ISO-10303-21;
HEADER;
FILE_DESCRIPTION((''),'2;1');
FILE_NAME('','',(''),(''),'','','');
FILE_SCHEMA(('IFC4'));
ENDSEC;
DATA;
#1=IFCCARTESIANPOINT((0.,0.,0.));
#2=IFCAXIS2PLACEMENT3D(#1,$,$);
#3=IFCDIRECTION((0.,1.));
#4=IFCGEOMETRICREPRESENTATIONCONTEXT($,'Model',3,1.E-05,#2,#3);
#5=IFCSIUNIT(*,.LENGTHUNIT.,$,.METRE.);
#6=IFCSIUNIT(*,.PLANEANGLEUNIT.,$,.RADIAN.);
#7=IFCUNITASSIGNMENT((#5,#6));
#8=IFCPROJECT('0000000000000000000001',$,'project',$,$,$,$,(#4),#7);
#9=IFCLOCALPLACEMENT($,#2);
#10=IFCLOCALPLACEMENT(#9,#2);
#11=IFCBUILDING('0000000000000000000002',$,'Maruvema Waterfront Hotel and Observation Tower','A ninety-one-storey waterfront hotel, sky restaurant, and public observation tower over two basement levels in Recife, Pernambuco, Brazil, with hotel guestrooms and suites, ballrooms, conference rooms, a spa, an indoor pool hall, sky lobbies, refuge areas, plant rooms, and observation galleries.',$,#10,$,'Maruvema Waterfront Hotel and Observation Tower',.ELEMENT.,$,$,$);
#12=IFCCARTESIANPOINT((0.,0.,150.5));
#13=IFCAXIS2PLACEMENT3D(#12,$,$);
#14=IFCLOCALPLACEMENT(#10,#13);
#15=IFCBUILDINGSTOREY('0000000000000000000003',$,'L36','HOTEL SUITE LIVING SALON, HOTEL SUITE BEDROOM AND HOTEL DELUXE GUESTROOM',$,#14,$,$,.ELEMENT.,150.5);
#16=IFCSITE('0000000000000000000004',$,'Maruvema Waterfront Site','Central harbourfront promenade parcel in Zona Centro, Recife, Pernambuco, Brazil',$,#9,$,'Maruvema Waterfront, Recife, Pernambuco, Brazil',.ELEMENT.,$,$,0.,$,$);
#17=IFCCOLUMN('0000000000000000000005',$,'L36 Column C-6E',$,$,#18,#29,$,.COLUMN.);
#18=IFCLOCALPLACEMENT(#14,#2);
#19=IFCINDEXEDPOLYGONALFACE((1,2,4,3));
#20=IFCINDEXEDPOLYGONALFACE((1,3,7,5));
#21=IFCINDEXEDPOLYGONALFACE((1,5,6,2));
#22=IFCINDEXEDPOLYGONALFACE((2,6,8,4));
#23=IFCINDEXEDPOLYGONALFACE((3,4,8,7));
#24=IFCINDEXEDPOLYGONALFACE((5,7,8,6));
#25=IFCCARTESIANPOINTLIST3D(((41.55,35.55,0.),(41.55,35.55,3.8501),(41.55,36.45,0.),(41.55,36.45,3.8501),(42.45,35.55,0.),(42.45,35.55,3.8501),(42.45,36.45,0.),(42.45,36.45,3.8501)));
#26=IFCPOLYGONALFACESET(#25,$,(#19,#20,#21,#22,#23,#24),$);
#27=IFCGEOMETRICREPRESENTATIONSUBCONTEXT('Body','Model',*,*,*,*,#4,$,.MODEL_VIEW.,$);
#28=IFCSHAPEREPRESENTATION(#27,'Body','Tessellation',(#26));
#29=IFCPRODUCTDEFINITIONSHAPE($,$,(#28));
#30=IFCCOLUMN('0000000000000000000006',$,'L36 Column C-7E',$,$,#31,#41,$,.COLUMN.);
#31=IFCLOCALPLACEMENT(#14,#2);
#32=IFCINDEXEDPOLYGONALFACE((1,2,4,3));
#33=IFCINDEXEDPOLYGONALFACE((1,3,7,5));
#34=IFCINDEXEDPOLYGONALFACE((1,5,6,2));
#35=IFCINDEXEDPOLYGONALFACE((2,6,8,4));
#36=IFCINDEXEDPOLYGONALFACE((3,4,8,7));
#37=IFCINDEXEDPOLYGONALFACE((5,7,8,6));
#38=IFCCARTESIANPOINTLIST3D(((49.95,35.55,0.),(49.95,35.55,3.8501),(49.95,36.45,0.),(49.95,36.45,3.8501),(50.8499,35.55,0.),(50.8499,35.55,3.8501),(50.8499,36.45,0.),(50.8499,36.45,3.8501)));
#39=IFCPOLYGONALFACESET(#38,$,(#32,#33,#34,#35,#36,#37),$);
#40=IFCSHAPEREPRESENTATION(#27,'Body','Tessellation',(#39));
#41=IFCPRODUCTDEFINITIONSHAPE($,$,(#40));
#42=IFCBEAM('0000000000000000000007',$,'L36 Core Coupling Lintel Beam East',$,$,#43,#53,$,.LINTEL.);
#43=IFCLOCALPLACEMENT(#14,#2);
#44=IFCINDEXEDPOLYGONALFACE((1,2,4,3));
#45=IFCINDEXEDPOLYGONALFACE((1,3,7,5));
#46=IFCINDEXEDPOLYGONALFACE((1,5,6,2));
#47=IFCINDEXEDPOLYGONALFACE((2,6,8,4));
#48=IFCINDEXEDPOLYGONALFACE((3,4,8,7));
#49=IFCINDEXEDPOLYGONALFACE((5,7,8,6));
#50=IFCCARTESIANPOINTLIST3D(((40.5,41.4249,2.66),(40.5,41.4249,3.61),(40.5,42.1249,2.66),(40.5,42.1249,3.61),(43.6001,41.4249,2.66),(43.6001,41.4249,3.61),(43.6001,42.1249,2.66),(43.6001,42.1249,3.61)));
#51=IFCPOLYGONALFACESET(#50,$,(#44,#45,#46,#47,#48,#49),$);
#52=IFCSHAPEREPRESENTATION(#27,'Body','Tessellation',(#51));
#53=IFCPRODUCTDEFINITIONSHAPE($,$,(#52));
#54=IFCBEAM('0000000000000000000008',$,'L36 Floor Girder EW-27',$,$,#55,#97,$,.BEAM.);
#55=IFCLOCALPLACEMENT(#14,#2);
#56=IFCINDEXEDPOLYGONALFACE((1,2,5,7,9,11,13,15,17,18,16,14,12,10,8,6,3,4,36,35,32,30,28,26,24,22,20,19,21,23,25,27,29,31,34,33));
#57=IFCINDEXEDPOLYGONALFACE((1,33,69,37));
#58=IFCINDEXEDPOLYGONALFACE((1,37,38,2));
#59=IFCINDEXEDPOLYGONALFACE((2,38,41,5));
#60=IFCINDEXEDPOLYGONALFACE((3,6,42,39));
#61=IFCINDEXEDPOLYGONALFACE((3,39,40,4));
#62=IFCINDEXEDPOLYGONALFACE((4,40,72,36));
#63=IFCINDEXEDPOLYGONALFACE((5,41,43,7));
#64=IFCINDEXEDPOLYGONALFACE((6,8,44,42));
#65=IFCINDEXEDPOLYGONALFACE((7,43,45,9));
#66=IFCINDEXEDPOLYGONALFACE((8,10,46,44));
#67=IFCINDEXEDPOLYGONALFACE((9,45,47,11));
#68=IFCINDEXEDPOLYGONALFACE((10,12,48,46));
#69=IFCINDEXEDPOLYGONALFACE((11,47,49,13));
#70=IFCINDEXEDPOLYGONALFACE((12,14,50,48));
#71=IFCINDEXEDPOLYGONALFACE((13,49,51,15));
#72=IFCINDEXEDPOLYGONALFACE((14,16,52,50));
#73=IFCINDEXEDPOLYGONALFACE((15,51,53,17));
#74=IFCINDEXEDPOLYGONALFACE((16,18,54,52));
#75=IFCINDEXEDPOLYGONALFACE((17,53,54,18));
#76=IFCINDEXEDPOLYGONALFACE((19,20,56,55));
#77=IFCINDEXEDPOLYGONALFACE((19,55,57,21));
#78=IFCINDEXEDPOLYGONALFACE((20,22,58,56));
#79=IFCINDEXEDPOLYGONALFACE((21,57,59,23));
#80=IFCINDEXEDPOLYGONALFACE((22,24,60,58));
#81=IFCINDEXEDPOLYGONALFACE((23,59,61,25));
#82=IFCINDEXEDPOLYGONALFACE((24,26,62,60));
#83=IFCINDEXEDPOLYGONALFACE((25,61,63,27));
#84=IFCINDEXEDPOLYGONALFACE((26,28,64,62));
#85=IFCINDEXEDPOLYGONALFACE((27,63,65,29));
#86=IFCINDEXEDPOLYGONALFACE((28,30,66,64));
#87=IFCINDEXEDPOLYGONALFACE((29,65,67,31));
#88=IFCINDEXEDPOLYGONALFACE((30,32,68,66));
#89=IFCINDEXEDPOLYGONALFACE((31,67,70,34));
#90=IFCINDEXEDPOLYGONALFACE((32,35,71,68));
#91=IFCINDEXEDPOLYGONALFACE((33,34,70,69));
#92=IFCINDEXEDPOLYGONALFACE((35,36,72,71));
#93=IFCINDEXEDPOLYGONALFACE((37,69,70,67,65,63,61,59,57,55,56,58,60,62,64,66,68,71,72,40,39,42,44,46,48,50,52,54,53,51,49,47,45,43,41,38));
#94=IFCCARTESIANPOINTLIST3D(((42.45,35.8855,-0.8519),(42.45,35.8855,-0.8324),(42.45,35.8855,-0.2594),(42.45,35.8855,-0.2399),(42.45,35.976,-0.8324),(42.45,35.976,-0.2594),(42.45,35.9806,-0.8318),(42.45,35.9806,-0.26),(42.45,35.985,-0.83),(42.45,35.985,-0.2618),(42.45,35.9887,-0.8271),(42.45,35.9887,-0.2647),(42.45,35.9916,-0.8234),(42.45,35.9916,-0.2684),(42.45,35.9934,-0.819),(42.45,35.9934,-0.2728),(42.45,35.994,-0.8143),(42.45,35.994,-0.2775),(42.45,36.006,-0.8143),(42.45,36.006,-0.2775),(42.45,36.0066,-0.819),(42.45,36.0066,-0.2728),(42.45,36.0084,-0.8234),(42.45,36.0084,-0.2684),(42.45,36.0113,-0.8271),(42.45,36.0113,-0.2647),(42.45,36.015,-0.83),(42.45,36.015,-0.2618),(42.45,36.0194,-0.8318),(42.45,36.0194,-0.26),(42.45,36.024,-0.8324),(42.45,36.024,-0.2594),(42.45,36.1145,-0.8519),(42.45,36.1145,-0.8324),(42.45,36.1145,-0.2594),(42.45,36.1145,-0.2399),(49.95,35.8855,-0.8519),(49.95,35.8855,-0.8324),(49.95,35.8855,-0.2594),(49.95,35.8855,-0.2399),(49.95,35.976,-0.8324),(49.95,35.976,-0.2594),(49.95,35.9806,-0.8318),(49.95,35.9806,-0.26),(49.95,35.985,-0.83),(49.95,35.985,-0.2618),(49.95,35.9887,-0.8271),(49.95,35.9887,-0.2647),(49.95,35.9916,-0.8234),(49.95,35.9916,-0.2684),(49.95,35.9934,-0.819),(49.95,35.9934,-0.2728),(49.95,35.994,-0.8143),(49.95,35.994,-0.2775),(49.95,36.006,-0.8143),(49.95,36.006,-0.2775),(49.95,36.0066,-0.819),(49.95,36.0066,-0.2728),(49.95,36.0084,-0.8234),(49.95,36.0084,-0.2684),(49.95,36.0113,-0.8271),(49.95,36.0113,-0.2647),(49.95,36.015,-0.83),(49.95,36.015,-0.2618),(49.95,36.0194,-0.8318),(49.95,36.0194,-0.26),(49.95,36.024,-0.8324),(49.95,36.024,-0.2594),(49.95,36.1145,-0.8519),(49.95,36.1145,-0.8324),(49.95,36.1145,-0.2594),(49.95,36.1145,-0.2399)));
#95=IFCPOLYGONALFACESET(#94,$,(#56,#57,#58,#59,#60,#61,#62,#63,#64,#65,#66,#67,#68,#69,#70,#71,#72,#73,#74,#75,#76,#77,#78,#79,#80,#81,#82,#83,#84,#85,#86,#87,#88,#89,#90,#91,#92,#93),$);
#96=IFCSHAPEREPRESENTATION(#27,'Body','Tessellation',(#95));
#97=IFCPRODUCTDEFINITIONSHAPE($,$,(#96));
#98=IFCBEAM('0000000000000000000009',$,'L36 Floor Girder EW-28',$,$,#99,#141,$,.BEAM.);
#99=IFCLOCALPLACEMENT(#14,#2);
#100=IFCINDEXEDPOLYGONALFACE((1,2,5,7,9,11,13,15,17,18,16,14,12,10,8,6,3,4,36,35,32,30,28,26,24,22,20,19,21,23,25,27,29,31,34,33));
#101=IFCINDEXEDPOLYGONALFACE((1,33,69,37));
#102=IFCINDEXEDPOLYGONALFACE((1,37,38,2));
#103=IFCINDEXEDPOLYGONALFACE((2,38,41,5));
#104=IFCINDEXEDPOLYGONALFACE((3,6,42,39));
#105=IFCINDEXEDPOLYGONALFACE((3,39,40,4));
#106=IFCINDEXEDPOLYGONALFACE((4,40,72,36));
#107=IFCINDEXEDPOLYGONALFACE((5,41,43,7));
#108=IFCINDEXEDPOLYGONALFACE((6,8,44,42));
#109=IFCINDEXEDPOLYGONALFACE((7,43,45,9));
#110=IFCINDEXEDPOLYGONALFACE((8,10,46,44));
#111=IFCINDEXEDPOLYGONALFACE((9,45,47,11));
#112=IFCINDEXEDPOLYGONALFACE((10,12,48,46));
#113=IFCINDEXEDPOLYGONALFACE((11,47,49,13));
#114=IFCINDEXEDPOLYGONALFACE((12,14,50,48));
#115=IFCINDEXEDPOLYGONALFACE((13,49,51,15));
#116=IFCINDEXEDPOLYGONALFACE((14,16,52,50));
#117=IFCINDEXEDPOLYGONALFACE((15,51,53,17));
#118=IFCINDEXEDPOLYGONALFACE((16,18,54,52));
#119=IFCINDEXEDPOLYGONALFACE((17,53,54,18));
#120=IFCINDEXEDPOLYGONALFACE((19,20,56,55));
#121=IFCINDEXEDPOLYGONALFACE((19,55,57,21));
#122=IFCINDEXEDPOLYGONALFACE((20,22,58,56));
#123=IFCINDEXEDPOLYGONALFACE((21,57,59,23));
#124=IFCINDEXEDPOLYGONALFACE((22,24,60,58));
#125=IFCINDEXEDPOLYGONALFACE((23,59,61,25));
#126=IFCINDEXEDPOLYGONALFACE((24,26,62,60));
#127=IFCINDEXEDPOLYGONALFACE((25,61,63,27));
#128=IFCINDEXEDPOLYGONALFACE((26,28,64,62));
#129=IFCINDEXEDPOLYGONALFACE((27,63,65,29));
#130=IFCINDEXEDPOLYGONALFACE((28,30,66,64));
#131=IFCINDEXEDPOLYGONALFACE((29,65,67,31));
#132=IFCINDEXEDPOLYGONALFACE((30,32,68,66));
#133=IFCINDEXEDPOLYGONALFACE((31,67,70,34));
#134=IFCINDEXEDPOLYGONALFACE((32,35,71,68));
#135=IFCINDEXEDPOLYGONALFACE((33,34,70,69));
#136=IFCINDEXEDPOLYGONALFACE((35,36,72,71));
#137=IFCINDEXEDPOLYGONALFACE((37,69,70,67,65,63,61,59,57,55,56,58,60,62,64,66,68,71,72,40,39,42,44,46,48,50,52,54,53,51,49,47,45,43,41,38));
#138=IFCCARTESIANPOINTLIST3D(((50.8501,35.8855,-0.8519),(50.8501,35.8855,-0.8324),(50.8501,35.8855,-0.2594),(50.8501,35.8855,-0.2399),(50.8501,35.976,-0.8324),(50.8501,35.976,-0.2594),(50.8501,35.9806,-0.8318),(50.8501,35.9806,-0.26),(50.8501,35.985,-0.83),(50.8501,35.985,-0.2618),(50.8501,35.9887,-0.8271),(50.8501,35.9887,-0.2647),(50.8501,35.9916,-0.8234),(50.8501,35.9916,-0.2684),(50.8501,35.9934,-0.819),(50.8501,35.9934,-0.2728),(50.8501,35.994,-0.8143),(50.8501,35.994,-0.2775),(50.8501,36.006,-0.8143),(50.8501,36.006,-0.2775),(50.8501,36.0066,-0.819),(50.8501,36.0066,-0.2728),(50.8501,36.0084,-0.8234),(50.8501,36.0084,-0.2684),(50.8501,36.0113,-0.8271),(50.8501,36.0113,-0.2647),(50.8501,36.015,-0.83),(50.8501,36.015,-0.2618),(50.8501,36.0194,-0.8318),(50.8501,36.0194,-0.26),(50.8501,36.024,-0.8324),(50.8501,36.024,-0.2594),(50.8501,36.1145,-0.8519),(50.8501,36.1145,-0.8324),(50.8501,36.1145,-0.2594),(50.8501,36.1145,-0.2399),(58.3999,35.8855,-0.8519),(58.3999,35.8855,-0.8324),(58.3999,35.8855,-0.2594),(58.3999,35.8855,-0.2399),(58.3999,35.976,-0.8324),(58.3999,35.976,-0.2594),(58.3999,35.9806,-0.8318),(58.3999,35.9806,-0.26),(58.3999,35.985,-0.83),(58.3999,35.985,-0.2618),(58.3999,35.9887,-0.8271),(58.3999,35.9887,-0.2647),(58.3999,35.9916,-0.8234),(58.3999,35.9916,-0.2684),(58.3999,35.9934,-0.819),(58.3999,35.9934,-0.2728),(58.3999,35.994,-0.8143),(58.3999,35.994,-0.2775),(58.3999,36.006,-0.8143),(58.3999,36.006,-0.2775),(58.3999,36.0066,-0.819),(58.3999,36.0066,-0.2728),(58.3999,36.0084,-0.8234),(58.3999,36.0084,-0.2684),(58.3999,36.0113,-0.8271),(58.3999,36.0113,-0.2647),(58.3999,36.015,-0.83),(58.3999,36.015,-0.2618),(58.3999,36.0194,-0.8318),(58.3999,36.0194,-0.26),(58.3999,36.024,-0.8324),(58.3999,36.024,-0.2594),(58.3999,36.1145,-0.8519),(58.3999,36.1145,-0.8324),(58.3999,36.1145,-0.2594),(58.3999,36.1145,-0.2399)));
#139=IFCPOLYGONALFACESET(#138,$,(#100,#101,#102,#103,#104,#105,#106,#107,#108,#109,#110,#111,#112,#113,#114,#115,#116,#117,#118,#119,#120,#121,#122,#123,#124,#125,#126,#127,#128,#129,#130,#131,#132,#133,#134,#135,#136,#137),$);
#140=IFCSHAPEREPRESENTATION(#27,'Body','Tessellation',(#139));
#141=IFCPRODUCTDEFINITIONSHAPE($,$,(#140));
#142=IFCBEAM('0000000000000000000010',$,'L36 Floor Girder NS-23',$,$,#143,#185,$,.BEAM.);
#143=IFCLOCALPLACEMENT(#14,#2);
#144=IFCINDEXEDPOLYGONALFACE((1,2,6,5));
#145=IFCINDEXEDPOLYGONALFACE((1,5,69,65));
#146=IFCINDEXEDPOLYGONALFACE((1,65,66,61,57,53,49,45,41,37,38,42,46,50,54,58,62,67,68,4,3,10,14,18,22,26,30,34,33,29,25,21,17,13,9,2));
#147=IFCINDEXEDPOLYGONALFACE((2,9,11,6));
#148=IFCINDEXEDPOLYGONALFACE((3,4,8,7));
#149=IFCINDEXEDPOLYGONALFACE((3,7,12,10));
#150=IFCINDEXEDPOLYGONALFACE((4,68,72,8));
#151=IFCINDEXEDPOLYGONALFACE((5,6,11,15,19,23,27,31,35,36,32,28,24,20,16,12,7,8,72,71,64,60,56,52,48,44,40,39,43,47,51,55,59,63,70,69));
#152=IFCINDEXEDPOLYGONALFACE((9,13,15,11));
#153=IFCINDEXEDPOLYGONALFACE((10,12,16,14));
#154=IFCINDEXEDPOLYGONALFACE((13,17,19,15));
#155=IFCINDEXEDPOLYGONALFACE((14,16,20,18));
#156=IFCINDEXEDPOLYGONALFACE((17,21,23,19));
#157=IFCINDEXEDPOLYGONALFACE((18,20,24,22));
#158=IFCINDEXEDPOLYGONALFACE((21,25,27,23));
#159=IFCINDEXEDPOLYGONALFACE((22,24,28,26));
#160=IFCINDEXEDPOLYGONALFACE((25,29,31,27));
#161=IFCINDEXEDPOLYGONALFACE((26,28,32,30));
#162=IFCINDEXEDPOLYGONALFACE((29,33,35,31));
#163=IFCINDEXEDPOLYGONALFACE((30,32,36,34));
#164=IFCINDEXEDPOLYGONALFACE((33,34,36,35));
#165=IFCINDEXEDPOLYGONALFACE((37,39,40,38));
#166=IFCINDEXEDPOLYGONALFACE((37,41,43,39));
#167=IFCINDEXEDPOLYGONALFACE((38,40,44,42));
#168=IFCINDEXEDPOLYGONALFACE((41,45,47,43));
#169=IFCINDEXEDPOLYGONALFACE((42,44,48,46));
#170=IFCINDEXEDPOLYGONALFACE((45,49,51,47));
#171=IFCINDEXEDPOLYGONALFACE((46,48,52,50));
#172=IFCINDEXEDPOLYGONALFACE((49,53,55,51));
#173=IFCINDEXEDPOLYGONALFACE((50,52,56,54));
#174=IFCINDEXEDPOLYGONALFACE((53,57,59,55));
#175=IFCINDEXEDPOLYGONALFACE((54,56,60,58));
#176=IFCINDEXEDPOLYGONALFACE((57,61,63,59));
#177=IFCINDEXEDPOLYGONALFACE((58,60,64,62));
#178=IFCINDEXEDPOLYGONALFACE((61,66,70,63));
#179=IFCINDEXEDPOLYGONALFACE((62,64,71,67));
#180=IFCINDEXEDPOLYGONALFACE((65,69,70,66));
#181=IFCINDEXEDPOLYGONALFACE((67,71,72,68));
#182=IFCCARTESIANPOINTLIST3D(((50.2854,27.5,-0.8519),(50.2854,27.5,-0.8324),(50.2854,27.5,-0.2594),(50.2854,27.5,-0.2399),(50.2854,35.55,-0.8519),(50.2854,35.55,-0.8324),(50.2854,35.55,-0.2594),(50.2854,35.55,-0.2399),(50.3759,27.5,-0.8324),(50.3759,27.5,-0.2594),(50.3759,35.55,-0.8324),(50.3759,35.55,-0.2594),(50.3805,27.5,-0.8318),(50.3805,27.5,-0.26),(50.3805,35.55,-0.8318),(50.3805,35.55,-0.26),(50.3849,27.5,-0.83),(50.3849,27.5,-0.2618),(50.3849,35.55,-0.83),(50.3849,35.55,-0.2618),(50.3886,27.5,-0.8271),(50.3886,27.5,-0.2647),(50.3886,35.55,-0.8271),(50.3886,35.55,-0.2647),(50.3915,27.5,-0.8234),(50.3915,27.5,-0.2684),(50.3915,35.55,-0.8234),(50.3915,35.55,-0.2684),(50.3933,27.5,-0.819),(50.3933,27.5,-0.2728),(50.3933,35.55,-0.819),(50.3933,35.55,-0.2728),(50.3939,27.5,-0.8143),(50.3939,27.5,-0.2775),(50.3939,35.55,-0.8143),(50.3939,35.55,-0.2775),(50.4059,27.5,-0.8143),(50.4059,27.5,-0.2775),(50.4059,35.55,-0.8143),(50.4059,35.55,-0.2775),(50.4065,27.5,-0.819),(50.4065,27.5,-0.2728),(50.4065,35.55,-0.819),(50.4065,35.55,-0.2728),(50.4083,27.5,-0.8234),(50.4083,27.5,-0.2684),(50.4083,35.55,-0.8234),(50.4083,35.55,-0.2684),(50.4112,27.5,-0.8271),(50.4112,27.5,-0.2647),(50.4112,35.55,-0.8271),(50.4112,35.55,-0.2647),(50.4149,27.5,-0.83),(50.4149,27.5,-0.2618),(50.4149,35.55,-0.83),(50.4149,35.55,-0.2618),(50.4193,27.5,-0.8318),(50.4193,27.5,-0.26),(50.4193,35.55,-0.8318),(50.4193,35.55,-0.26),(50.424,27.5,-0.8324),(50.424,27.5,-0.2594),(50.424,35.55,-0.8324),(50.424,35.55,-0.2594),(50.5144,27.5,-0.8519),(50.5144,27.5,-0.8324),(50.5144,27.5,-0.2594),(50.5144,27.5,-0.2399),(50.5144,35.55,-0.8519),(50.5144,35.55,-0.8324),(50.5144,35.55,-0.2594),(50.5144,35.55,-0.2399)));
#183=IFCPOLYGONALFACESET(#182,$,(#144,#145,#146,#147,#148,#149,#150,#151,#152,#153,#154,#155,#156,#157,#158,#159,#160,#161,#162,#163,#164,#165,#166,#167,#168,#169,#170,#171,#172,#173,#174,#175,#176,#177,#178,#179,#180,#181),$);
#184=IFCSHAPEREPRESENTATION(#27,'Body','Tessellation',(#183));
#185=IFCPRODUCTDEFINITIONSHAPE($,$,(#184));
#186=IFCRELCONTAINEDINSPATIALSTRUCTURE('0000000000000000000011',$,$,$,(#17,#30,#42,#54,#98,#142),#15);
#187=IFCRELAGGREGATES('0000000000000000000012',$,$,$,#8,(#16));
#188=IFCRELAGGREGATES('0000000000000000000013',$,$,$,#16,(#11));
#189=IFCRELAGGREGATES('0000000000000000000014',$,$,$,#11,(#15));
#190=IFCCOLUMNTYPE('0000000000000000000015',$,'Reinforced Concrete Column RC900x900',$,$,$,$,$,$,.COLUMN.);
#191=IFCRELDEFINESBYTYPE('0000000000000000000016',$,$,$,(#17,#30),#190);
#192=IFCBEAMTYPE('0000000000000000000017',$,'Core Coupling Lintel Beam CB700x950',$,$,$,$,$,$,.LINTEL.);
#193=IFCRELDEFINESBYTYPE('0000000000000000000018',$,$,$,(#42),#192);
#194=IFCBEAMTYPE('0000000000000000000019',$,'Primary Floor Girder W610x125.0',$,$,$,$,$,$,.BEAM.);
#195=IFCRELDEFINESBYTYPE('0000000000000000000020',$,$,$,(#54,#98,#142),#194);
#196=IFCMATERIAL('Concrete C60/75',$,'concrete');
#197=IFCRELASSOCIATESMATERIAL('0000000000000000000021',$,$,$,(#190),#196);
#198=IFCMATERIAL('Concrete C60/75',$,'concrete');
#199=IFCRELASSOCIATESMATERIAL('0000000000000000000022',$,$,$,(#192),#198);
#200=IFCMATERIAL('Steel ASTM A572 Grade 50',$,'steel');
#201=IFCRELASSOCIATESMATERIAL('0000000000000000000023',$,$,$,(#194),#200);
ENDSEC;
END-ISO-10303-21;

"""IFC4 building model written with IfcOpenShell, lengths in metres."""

from ifc_helpers import new_model, si_unit, direction, frame, origin, origin_2d, place, context, subcontext, project, spatial, rectangle, i_section, extrude, material, material_profile, profile_set, type_object, element, save


model = new_model("IFC4")

# Units and contexts
model_context = context("Model", 3, precision=1e-05, world=origin(), true_north=direction((0.0, 1.0)))
body_context = subcontext(model_context, "Body", "Model", "MODEL_VIEW")
ifc_project = project(units=[si_unit("LENGTHUNIT", "METRE"), si_unit("PLANEANGLEUNIT", "RADIAN")], contexts=[model_context])

# Site, building, storey
site_placement = place(None, origin())
site = spatial("IfcSite", under=ifc_project, at=site_placement, Name="Maruvema Waterfront Site", Description="Central harbourfront promenade parcel in Zona Centro, Recife, Pernambuco, Brazil", LongName="Maruvema Waterfront, Recife, Pernambuco, Brazil", CompositionType="ELEMENT", RefElevation=0.0)
building_placement = place(site_placement, origin())
building = spatial("IfcBuilding", under=site, at=building_placement, Name="Maruvema Waterfront Hotel and Observation Tower", Description="A ninety-one-storey waterfront hotel, sky restaurant, and public observation tower over two basement levels in Recife, Pernambuco, Brazil, with hotel guestrooms and suites, ballrooms, conference rooms, a spa, an indoor pool hall, sky lobbies, refuge areas, plant rooms, and observation galleries.", LongName="Maruvema Waterfront Hotel and Observation Tower", CompositionType="ELEMENT")
storey_placement = place(building_placement, frame((0.0, 0.0, 150.5)))
storey = spatial("IfcBuildingStorey", under=building, at=storey_placement, Name="L36", Description="HOTEL SUITE LIVING SALON, HOTEL SUITE BEDROOM AND HOTEL DELUXE GUESTROOM", CompositionType="ELEMENT", Elevation=150.5)

# Columns
ifc_material_1 = material(Name="Concrete C60/75", Category="concrete")
ifc_material_profile_1 = material_profile(ifc_material_1, rectangle(XDim=0.8999, YDim=0.8999, at=origin_2d()), Name="RC900x900")
ifc_profile_set_1 = profile_set([ifc_material_profile_1], Name="Concrete C60/75")
column_type = type_object("IfcColumnType", Name="Reinforced Concrete Column RC900x900", PredefinedType="COLUMN", material=ifc_profile_set_1)
for number, where, z_axis, x_axis, name in (
    (1, (42.0, 36.0, 0.0), (0.0, 0.0, 1.0), (1.0, 0.0, 0.0), "L36 Column C-6E"),
    (2, (50.3999, 36.0, 0.0), (0.0, 0.0, 1.0), (1.0, 0.0, 0.0), "L36 Column C-7E"),
):
    element("IfcColumn", number, at=place(storey_placement, frame(where, z_axis=z_axis, x_axis=x_axis)), inside=storey, type_object=column_type, Name=name, PredefinedType="COLUMN", context=body_context, shape_type="SweptSolid", body=[
        extrude(rectangle(XDim=0.8999, YDim=0.8999, at=origin_2d()), origin(), (0.0, 0.0, 1.0), 3.8501),
    ])

# Beams
ifc_material_2 = material(Name="Concrete C60/75", Category="concrete")
ifc_material_profile_2 = material_profile(ifc_material_2, rectangle(XDim=0.7, YDim=0.95, at=origin_2d()), Name="CB700x950")
ifc_profile_set_2 = profile_set([ifc_material_profile_2], Name="Concrete C60/75")
beam_type_1 = type_object("IfcBeamType", Name="Core Coupling Lintel Beam CB700x950", PredefinedType="LINTEL", material=ifc_profile_set_2)
beam_1_placement = place(storey_placement, frame((40.5, 41.7749, 3.135), z_axis=(1.0, 0.0, 0.0), x_axis=(0.0, 1.0, 0.0)))
element("IfcBeam", 3, at=beam_1_placement, inside=storey, type_object=beam_type_1, Name="L36 Core Coupling Lintel Beam East", PredefinedType="LINTEL", context=body_context, shape_type="SweptSolid", body=[
    extrude(rectangle(XDim=0.7, YDim=0.95, at=origin_2d()), origin(), (0.0, 0.0, 1.0), 3.1001),
])
ifc_material_3 = material(Name="Steel ASTM A572 Grade 50", Category="steel")
ifc_material_profile_3 = material_profile(ifc_material_3, i_section(OverallWidth=0.229, OverallDepth=0.6121, WebThickness=0.012, FlangeThickness=0.0195, FilletRadius=0.0181, at=origin_2d()), Name="W610x125.0")
ifc_profile_set_3 = profile_set([ifc_material_profile_3], Name="Steel ASTM A572 Grade 50")
beam_type_2 = type_object("IfcBeamType", Name="Primary Floor Girder W610x125.0", PredefinedType="BEAM", material=ifc_profile_set_3)
beam_2_placement = place(storey_placement, frame((42.45, 36.0, -0.5459), z_axis=(1.0, 0.0, 0.0), x_axis=(0.0, 1.0, 0.0)))
element("IfcBeam", 4, at=beam_2_placement, inside=storey, type_object=beam_type_2, Name="L36 Floor Girder EW-27", PredefinedType="BEAM", context=body_context, shape_type="SweptSolid", body=[
    extrude(i_section(OverallWidth=0.229, OverallDepth=0.6121, WebThickness=0.012, FlangeThickness=0.0195, FilletRadius=0.0181, at=origin_2d()), origin(), (0.0, 0.0, 1.0), 7.5),
])
beam_3_placement = place(storey_placement, frame((50.8501, 36.0, -0.5459), z_axis=(1.0, 0.0, 0.0), x_axis=(0.0, 1.0, 0.0)))
element("IfcBeam", 5, at=beam_3_placement, inside=storey, type_object=beam_type_2, Name="L36 Floor Girder EW-28", PredefinedType="BEAM", context=body_context, shape_type="SweptSolid", body=[
    extrude(i_section(OverallWidth=0.229, OverallDepth=0.6121, WebThickness=0.012, FlangeThickness=0.0195, FilletRadius=0.0181, at=origin_2d()), origin(), (0.0, 0.0, 1.0), 7.5498),
])
for number, where, z_axis, x_axis, name in (
    (6, (50.3999, 27.5, -0.5459), (0.0, 1.0, 0.0), (-1.0, 0.0, 0.0), "L36 Floor Girder NS-23"),
):
    element("IfcBeam", number, at=place(storey_placement, frame(where, z_axis=z_axis, x_axis=x_axis)), inside=storey, type_object=beam_type_2, Name=name, PredefinedType="BEAM", context=body_context, shape_type="SweptSolid", body=[
        extrude(i_section(OverallWidth=0.229, OverallDepth=0.6121, WebThickness=0.012, FlangeThickness=0.0195, FilletRadius=0.0181, at=origin_2d()), origin(), (0.0, 0.0, 1.0), 8.05),
    ])

save(model, "model.ifc")
